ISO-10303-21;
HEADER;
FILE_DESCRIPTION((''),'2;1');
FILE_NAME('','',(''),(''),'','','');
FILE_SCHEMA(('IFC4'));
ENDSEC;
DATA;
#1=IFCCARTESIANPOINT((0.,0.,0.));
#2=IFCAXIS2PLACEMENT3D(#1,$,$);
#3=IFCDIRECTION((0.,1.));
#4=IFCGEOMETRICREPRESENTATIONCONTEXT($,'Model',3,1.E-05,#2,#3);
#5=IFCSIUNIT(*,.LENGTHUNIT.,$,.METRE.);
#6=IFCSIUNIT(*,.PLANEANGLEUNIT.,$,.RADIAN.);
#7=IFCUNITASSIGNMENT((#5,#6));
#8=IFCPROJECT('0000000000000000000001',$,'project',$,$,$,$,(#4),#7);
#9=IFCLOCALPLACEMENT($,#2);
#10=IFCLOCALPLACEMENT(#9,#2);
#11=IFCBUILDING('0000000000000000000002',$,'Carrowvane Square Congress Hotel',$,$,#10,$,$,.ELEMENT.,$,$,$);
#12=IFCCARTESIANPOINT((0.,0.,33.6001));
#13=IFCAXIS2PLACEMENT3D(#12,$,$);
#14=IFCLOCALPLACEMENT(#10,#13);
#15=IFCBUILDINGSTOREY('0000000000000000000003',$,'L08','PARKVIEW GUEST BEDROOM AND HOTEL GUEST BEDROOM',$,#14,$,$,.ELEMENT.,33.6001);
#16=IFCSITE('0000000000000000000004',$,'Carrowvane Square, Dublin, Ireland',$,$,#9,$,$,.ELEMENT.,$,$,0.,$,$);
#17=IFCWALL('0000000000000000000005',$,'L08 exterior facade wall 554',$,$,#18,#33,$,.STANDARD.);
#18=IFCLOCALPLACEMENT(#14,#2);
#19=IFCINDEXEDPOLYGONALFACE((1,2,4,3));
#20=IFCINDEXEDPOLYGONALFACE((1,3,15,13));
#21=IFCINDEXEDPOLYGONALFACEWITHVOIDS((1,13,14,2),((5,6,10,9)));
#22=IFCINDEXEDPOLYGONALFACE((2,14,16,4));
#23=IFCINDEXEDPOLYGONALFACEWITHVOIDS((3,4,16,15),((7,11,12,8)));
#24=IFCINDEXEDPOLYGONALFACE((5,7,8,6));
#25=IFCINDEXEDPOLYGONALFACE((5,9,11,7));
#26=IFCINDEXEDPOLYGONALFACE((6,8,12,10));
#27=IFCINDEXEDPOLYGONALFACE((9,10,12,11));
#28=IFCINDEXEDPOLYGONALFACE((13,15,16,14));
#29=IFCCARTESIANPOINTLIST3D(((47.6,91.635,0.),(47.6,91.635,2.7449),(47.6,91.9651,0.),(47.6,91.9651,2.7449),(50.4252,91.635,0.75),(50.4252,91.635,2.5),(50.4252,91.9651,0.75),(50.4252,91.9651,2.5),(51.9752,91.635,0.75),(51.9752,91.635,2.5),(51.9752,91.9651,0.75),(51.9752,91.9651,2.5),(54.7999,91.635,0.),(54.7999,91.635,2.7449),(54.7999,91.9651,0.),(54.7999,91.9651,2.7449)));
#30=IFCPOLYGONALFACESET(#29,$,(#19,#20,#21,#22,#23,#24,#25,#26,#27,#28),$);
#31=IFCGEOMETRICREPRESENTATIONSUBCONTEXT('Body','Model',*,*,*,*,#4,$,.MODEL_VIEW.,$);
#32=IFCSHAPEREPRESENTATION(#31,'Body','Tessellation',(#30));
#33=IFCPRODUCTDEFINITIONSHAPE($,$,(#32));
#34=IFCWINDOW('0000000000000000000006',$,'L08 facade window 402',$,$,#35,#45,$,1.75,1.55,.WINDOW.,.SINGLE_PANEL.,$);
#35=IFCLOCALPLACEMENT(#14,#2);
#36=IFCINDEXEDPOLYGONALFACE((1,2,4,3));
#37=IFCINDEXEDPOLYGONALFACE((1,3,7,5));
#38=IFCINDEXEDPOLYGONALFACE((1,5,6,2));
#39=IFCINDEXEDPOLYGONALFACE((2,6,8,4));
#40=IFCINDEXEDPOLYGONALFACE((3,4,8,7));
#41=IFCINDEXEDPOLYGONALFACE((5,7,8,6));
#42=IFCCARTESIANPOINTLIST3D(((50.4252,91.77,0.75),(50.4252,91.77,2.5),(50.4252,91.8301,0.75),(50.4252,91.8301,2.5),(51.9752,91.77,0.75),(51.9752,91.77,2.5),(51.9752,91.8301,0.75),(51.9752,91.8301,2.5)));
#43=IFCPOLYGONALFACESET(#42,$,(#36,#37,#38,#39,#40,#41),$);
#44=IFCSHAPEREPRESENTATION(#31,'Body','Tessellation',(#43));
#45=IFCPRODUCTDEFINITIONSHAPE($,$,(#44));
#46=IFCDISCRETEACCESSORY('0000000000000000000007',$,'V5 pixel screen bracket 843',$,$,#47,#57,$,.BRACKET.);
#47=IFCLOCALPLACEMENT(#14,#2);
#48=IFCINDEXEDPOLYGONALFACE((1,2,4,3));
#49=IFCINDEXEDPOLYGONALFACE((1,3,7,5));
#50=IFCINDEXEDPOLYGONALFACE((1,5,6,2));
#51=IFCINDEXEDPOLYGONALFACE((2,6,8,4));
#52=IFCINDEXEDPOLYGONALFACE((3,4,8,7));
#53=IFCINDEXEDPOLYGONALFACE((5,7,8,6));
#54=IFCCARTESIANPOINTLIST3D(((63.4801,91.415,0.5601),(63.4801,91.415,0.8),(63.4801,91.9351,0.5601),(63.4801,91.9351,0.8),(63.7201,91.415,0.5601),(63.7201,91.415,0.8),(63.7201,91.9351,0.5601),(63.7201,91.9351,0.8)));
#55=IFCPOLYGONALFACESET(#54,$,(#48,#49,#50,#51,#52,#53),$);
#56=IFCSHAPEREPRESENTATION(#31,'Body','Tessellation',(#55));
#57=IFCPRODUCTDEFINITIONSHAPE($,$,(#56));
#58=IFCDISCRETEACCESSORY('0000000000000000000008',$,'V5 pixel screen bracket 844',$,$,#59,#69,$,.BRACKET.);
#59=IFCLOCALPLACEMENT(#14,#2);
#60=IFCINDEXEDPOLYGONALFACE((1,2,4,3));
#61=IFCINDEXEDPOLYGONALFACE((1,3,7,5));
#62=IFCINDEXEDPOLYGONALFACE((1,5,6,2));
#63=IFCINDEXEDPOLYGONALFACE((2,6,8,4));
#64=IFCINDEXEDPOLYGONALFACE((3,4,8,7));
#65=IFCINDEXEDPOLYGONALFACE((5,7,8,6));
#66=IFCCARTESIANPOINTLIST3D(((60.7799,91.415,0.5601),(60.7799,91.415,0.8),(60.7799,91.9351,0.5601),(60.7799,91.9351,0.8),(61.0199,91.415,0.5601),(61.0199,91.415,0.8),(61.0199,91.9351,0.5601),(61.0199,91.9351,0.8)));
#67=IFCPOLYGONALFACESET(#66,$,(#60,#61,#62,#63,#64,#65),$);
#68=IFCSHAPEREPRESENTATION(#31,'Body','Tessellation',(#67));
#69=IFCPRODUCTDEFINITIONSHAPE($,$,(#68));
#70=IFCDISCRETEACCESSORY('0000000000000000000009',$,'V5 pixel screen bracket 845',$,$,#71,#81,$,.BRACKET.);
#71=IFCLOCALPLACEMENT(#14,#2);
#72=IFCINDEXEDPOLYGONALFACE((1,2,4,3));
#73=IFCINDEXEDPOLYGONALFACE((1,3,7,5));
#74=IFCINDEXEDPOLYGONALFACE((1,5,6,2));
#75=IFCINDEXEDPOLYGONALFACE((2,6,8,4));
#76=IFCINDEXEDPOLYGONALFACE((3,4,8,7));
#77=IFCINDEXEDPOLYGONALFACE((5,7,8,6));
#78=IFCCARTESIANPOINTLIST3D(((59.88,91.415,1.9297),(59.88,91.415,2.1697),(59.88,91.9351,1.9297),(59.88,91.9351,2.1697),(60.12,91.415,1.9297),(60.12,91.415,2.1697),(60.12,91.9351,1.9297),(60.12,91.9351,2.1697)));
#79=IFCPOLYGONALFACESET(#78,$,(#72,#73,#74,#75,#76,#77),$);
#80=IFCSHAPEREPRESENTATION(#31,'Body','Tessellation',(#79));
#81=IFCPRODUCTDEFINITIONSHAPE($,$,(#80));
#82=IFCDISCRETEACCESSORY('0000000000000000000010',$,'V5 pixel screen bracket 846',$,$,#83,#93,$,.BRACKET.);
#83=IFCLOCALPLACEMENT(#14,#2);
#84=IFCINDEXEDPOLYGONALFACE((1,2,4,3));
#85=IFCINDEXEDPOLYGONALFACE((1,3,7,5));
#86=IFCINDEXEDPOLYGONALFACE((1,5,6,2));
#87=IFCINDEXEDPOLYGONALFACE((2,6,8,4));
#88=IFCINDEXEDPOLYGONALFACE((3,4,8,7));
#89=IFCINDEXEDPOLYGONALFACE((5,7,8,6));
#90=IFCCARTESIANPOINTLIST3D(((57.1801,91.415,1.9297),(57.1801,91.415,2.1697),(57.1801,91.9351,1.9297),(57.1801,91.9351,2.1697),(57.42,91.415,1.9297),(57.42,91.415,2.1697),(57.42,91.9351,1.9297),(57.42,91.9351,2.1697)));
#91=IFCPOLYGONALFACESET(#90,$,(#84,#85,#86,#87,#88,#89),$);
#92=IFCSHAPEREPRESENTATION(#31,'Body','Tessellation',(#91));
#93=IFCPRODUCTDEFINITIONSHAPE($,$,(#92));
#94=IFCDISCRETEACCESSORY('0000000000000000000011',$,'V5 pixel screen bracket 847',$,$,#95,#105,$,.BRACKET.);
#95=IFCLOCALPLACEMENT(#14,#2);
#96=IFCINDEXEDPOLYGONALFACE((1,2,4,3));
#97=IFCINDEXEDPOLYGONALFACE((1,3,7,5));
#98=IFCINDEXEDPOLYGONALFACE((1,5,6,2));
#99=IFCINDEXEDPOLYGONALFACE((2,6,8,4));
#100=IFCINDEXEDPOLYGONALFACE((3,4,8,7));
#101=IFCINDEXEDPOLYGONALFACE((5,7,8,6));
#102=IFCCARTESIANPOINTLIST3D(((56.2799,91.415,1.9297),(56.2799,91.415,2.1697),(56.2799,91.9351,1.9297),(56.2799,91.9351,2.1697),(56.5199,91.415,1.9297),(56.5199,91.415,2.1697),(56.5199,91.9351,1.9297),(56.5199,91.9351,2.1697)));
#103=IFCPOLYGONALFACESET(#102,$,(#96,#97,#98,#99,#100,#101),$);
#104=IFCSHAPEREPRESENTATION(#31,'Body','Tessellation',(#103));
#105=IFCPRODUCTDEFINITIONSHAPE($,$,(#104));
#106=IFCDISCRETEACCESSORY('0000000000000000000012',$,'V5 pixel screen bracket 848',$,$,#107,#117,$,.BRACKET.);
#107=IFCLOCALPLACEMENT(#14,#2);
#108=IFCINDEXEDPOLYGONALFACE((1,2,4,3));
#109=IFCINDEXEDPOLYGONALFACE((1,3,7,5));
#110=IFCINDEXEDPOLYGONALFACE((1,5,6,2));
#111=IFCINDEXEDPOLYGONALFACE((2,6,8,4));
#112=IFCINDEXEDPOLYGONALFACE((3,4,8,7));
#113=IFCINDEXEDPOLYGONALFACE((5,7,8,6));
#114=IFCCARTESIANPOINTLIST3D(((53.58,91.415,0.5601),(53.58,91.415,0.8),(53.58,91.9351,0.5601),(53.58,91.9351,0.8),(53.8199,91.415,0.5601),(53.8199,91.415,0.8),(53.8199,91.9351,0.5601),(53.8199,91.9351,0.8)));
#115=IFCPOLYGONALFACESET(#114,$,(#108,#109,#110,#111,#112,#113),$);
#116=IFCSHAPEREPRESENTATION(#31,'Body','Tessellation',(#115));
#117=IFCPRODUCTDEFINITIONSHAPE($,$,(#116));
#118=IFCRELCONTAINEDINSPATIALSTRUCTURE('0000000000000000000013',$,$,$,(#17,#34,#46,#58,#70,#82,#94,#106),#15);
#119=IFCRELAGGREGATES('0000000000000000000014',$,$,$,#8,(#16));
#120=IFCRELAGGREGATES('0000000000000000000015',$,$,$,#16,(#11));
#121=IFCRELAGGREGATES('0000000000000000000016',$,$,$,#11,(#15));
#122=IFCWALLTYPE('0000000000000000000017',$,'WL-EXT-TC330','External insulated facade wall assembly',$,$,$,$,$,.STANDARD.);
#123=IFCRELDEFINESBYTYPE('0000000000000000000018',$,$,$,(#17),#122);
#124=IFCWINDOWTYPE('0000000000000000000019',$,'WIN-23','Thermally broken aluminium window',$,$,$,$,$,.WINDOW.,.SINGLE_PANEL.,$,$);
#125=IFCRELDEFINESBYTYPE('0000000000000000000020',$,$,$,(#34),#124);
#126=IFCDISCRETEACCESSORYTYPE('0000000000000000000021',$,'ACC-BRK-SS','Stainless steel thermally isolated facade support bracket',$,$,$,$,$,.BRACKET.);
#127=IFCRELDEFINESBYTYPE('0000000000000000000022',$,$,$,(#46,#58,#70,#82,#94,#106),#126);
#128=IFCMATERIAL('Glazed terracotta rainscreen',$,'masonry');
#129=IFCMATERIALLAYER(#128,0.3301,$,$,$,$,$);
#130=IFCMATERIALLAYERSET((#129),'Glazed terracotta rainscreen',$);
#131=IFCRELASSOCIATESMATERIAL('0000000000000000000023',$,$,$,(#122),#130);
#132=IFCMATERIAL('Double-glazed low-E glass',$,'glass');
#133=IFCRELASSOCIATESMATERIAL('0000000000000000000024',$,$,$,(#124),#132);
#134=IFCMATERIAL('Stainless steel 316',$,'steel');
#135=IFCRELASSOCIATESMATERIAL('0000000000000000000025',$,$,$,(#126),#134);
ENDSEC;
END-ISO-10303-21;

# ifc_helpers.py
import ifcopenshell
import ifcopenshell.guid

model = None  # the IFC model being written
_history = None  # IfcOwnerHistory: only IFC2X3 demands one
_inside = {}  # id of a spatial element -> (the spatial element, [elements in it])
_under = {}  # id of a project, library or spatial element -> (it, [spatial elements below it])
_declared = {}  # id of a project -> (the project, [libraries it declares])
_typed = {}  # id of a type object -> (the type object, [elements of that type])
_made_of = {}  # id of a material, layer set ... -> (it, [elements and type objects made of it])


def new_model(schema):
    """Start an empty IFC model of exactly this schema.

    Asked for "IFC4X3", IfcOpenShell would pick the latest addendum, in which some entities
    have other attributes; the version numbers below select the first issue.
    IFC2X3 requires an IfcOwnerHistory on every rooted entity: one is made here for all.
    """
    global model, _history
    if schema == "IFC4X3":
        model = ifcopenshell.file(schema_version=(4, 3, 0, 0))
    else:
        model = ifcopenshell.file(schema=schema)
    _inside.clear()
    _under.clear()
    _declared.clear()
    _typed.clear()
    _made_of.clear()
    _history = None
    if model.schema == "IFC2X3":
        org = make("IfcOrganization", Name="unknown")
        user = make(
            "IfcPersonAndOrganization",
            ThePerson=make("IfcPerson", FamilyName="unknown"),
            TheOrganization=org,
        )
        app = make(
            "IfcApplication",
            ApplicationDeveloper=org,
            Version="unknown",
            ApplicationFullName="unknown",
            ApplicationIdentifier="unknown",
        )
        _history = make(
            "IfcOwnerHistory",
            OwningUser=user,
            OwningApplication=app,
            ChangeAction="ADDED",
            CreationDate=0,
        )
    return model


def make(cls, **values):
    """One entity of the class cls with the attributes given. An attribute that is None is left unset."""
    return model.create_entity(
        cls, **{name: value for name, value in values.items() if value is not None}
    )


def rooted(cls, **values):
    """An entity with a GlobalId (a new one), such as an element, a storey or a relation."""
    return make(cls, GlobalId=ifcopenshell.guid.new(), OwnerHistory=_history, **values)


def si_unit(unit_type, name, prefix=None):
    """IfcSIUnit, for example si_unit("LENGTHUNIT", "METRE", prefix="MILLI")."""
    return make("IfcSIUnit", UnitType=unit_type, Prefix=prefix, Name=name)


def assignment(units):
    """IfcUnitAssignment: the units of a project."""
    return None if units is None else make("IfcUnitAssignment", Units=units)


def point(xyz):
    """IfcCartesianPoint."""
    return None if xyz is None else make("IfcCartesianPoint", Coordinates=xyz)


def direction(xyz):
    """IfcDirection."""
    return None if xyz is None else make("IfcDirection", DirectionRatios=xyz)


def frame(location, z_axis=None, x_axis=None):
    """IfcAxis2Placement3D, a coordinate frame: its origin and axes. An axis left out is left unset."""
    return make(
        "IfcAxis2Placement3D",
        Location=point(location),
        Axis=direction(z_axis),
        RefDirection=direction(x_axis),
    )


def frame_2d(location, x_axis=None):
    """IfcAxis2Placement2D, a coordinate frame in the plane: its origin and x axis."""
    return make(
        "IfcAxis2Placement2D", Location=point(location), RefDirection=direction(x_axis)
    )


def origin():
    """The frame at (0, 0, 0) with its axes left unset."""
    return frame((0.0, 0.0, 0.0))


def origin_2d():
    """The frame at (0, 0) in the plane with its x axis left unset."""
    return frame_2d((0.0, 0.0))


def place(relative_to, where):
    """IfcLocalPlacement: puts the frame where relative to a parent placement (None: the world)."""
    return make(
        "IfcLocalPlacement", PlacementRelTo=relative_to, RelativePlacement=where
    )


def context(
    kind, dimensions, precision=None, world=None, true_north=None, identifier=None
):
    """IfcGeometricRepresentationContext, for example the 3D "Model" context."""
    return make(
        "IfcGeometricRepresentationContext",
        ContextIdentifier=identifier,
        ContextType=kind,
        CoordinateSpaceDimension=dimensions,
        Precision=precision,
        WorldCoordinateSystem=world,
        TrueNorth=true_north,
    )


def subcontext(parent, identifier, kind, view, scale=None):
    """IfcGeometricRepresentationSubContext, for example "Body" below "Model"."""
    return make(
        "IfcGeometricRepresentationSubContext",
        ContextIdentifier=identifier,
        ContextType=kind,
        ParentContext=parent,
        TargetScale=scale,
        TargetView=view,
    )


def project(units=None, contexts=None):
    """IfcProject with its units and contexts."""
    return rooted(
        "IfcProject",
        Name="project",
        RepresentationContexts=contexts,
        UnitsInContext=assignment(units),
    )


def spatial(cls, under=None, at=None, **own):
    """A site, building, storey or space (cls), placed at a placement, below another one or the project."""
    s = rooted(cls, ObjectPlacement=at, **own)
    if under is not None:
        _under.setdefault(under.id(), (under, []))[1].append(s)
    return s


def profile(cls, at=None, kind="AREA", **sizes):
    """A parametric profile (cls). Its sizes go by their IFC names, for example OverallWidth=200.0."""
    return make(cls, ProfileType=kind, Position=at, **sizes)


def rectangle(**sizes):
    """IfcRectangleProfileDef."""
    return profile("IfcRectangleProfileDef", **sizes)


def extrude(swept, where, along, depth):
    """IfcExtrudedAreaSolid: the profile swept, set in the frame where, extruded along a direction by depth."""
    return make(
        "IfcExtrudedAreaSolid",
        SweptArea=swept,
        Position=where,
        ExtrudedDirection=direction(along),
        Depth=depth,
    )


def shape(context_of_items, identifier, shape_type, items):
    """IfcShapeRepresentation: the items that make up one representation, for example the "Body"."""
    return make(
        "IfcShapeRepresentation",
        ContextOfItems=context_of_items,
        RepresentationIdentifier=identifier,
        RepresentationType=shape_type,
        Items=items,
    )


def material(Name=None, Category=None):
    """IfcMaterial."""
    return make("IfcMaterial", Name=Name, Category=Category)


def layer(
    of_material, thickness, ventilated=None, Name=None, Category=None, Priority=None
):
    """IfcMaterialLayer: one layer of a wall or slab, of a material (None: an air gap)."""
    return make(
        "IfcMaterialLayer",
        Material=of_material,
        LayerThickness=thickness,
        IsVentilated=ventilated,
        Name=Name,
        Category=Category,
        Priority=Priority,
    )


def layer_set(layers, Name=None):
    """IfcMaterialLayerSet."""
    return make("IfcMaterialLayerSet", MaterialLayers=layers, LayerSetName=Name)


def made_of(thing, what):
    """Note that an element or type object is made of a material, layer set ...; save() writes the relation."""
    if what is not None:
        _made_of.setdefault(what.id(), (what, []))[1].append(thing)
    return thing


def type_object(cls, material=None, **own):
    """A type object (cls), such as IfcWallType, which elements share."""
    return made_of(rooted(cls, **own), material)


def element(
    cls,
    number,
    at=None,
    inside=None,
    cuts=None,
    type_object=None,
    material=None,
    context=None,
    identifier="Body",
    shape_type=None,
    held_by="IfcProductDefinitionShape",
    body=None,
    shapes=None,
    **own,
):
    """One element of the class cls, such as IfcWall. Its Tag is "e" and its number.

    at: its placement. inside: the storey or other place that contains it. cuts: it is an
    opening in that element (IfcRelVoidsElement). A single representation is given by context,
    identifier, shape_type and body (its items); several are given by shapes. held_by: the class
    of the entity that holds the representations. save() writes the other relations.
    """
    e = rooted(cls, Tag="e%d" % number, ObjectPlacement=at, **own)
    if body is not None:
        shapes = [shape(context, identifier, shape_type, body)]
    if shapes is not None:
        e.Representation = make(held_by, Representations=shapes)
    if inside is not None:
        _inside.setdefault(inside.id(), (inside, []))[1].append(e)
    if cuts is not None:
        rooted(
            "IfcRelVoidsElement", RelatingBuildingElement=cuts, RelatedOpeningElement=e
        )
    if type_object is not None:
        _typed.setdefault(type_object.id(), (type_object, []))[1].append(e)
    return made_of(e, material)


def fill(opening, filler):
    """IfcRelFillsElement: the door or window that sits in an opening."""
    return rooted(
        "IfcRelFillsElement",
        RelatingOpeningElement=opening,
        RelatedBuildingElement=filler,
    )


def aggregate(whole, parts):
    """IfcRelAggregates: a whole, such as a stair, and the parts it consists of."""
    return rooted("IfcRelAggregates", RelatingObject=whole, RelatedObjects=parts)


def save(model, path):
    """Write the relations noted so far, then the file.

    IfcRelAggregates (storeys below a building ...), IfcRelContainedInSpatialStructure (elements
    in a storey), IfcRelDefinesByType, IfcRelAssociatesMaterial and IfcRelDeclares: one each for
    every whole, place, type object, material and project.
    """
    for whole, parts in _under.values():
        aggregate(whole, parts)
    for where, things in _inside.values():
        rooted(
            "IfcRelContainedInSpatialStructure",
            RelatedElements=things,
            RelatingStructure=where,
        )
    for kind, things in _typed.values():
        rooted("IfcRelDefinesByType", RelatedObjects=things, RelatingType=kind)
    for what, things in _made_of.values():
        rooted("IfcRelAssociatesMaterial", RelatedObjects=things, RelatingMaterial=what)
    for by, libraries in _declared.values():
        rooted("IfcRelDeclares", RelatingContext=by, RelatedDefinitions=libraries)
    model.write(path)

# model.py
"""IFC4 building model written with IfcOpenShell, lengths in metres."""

from ifc_helpers import new_model, si_unit, direction, frame, frame_2d, origin, origin_2d, place, context, subcontext, project, spatial, rectangle, extrude, material, layer, layer_set, type_object, element, fill, save


model = new_model("IFC4")

# Units and contexts
model_context = context("Model", 3, precision=1e-05, world=origin(), true_north=direction((0.0, 1.0)))
body_context = subcontext(model_context, "Body", "Model", "MODEL_VIEW")
ifc_project = project(units=[si_unit("LENGTHUNIT", "METRE"), si_unit("PLANEANGLEUNIT", "RADIAN")], contexts=[model_context])

# Site, building, storey
site_placement = place(None, origin())
site = spatial("IfcSite", under=ifc_project, at=site_placement, Name="Carrowvane Square, Dublin, Ireland", CompositionType="ELEMENT", RefElevation=0.0)
building_placement = place(site_placement, origin())
building = spatial("IfcBuilding", under=site, at=building_placement, Name="Carrowvane Square Congress Hotel", CompositionType="ELEMENT")
storey_placement = place(building_placement, frame((0.0, 0.0, 33.6001)))
storey = spatial("IfcBuildingStorey", under=building, at=storey_placement, Name="L08", Description="PARKVIEW GUEST BEDROOM AND HOTEL GUEST BEDROOM", CompositionType="ELEMENT", Elevation=33.6001)

# Shared definitions
ifc_material_1 = material(Name="Glazed terracotta rainscreen", Category="masonry")
ifc_layer_1 = layer(ifc_material_1, 0.3301)
ifc_layer_set_1 = layer_set([ifc_layer_1], Name="Glazed terracotta rainscreen")
wall_type = type_object("IfcWallType", Name="WL-EXT-TC330", Description="External insulated facade wall assembly", PredefinedType="STANDARD", material=ifc_layer_set_1)

# Wall, opening, window
wall_1_placement = place(storey_placement, frame((54.8, 91.8, 0.0), z_axis=(0.0, 0.0, 1.0), x_axis=(-1.0, 0.0, 0.0)))
wall_1 = element("IfcWall", 1, at=wall_1_placement, inside=storey, type_object=wall_type, Name="L08 exterior facade wall 554", PredefinedType="STANDARD", context=body_context, shape_type="SweptSolid", body=[
    extrude(rectangle(XDim=7.2, YDim=0.3301, at=frame_2d((3.6001, 0.0))), origin(), (0.0, 0.0, 1.0), 2.7449),
])
opening_1_placement = place(wall_1_placement, frame((2.825, 0.0, 0.75)))
opening_1 = element("IfcOpeningElement", 2, at=opening_1_placement, cuts=wall_1, PredefinedType="OPENING", context=body_context, shape_type="SweptSolid", body=[
    extrude(rectangle(XDim=1.55, YDim=1.75, at=frame_2d((0.7749, 0.875))), frame((0.0, 0.175, 0.0), z_axis=(0.0, -1.0, 0.0), x_axis=(1.0, 0.0, 0.0)), (0.0, 0.0, 1.0), 0.3501),
])
ifc_material_2 = material(Name="Double-glazed low-E glass", Category="glass")
window_type_1 = type_object("IfcWindowType", Name="WIN-23", Description="Thermally broken aluminium window", PartitioningType="SINGLE_PANEL", PredefinedType="WINDOW", material=ifc_material_2)
window_1_placement = place(opening_1_placement, origin())
window_1 = element("IfcWindow", 3, at=window_1_placement, inside=storey, type_object=window_type_1, Name="L08 facade window 402", OverallHeight=1.75, OverallWidth=1.55, PartitioningType="SINGLE_PANEL", PredefinedType="WINDOW", context=body_context, shape_type="SweptSolid", body=[
    extrude(rectangle(XDim=1.55, YDim=1.75, at=frame_2d((0.7749, 0.875))), frame((0.0, 0.03, 0.0), z_axis=(0.0, -1.0, 0.0), x_axis=(1.0, 0.0, 0.0)), (0.0, 0.0, 1.0), 0.0601),
])
fill(opening_1, window_1)

# Discrete accessories
ifc_material_3 = material(Name="Stainless steel 316", Category="steel")
discrete_accessory_type = type_object("IfcDiscreteAccessoryType", Name="ACC-BRK-SS", Description="Stainless steel thermally isolated facade support bracket", PredefinedType="BRACKET", material=ifc_material_3)
for number, where, z_axis, x_axis, name in (
    (4, (63.6001, 91.675, 0.5601), (0.0, 0.0, 1.0), (-1.0, 0.0, 0.0), "V5 pixel screen bracket 843"),
    (5, (60.8999, 91.675, 0.5601), (0.0, 0.0, 1.0), (-1.0, 0.0, 0.0), "V5 pixel screen bracket 844"),
    (6, (60.0, 91.675, 1.9297), (0.0, 0.0, 1.0), (-1.0, 0.0, 0.0), "V5 pixel screen bracket 845"),
    (7, (57.3, 91.675, 1.9297), (0.0, 0.0, 1.0), (-1.0, 0.0, 0.0), "V5 pixel screen bracket 846"),
    (8, (56.3999, 91.675, 1.9297), (0.0, 0.0, 1.0), (-1.0, 0.0, 0.0), "V5 pixel screen bracket 847"),
    (9, (53.7, 91.675, 0.5601), (0.0, 0.0, 1.0), (-1.0, 0.0, 0.0), "V5 pixel screen bracket 848"),
):
    element("IfcDiscreteAccessory", number, at=place(storey_placement, frame(where, z_axis=z_axis, x_axis=x_axis)), inside=storey, type_object=discrete_accessory_type, Name=name, PredefinedType="BRACKET", context=body_context, shape_type="SweptSolid", body=[
        extrude(rectangle(XDim=0.24, YDim=0.52, at=origin_2d()), origin(), (0.0, 0.0, 1.0), 0.24),
    ])

save(model, "model.ifc")
